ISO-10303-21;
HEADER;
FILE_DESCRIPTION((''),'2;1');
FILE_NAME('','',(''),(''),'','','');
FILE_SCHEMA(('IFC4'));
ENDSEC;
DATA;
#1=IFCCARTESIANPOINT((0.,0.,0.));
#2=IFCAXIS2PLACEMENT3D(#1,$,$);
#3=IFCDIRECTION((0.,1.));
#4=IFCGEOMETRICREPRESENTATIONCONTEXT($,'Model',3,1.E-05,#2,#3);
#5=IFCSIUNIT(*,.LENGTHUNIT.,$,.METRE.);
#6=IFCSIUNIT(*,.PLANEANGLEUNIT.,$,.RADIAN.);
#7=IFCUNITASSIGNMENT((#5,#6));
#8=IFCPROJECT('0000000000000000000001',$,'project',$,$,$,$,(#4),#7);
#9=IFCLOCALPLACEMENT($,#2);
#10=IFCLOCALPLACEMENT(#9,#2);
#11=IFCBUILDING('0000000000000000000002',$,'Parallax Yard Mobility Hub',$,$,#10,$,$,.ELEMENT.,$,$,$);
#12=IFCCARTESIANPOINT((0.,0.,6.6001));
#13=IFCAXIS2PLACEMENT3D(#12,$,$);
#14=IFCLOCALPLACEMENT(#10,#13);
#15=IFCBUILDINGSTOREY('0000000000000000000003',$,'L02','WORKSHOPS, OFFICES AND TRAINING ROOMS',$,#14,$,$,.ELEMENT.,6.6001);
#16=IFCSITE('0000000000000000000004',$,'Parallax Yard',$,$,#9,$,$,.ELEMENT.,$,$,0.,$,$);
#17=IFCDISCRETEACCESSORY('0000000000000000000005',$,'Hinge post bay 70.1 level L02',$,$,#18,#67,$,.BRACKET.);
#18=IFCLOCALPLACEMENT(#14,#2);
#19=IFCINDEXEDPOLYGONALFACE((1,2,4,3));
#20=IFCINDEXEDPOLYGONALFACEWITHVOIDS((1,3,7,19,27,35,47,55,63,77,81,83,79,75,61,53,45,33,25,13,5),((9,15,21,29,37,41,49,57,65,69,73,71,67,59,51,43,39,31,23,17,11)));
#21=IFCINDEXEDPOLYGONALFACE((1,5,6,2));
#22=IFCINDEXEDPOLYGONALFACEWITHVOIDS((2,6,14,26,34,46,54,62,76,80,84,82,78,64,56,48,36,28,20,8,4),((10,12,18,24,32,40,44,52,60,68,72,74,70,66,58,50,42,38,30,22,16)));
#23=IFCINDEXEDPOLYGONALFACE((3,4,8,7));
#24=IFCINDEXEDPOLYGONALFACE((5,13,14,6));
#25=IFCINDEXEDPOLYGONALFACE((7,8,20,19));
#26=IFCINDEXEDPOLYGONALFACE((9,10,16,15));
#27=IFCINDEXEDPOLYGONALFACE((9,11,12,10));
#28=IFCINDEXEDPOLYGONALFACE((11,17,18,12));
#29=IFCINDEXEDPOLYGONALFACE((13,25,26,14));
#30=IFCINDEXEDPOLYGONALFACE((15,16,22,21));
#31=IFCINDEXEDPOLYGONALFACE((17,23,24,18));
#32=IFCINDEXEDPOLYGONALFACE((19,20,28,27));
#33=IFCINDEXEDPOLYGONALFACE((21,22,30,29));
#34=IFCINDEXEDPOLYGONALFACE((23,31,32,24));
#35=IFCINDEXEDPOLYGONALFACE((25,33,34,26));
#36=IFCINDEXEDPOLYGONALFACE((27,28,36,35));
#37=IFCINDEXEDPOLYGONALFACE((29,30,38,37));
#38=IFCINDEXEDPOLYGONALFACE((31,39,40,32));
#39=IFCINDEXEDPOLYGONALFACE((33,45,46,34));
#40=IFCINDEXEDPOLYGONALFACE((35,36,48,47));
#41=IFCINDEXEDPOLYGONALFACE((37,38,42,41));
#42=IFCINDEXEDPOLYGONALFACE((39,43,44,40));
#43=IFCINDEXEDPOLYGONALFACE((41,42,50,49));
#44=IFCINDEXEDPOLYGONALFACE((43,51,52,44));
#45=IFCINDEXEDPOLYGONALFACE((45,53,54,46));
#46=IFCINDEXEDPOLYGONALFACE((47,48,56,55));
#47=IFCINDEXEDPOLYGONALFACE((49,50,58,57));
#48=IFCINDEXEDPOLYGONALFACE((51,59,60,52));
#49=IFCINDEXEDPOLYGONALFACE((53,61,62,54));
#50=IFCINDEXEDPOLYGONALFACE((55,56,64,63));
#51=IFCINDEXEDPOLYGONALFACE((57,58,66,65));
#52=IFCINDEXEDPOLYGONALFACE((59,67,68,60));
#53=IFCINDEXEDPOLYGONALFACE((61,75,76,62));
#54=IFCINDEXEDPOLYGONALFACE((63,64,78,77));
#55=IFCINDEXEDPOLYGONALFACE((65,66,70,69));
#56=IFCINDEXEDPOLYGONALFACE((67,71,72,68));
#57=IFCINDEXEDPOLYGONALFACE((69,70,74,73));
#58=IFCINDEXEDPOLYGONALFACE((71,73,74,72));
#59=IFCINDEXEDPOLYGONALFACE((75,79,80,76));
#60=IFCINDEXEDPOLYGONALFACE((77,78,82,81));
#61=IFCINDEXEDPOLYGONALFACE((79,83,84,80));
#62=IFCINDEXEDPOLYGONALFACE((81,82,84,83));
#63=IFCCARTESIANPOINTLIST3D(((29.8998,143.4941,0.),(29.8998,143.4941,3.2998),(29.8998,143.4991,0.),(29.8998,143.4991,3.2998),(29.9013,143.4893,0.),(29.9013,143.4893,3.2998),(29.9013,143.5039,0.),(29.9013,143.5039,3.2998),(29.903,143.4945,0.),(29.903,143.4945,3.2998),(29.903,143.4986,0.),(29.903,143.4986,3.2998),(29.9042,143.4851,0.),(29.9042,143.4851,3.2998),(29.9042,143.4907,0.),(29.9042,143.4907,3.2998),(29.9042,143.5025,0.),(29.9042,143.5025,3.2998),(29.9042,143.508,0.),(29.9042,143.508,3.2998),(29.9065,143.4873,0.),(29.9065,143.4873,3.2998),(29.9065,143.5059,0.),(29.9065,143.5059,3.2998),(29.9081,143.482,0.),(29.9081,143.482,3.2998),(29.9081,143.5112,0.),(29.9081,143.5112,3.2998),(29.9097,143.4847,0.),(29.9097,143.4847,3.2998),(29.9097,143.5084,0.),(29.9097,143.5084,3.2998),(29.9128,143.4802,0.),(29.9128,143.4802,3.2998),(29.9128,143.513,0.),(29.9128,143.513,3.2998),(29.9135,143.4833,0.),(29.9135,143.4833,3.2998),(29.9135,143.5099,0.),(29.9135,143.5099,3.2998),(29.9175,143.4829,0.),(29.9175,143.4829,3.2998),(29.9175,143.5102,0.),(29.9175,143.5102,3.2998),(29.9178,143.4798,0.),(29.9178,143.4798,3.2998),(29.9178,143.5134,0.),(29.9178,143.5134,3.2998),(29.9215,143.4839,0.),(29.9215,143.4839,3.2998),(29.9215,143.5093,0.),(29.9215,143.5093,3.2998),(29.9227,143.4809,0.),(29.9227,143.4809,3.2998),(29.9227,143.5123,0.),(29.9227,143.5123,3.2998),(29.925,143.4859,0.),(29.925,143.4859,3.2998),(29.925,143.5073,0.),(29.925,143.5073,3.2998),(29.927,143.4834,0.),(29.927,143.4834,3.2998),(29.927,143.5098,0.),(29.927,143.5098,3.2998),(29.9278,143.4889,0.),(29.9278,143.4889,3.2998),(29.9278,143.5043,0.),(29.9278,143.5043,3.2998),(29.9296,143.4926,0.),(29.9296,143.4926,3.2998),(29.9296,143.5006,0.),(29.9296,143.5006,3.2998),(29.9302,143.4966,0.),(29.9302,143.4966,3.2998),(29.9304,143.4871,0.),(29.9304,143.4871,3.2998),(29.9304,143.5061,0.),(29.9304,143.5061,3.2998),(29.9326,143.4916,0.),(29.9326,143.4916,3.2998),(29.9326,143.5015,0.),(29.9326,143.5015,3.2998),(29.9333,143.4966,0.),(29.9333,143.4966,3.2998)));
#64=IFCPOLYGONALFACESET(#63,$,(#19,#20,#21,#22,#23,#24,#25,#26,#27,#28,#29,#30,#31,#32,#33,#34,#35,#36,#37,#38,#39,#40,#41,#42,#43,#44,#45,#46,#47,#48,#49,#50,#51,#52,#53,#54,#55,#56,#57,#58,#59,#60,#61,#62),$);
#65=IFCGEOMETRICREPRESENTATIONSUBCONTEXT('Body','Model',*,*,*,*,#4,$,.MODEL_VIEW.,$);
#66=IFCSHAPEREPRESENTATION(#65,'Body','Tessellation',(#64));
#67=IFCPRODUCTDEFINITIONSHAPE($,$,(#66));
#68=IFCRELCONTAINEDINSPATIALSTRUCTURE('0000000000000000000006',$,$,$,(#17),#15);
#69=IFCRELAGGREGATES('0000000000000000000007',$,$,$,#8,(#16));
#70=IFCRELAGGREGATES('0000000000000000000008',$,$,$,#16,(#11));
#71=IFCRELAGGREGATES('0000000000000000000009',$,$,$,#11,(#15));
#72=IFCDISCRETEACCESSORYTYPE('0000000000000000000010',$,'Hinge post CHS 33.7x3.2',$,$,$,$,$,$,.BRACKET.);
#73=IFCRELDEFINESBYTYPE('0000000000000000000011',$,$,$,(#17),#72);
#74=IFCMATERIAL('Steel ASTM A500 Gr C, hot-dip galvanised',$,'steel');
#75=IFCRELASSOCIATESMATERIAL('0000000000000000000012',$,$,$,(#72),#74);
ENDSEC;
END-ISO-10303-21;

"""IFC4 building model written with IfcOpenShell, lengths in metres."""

from ifc_helpers import new_model, si_unit, direction, frame, origin, origin_2d, place, context, subcontext, project, spatial, hollow_circle, extrude, material, material_profile, profile_set, type_object, element, save


model = new_model("IFC4")

# Units and contexts
model_context = context("Model", 3, precision=1e-05, world=origin(), true_north=direction((0.0, 1.0)))
body_context = subcontext(model_context, "Body", "Model", "MODEL_VIEW")
ifc_project = project(units=[si_unit("LENGTHUNIT", "METRE"), si_unit("PLANEANGLEUNIT", "RADIAN")], contexts=[model_context])

# Site, building, storey
site_placement = place(None, origin())
site = spatial("IfcSite", under=ifc_project, at=site_placement, Name="Parallax Yard", CompositionType="ELEMENT", RefElevation=0.0)
building_placement = place(site_placement, origin())
building = spatial("IfcBuilding", under=site, at=building_placement, Name="Parallax Yard Mobility Hub", CompositionType="ELEMENT")
storey_placement = place(building_placement, frame((0.0, 0.0, 6.6001)))
storey = spatial("IfcBuildingStorey", under=building, at=storey_placement, Name="L02", Description="WORKSHOPS, OFFICES AND TRAINING ROOMS", CompositionType="ELEMENT", Elevation=6.6001)

# Discrete accessory
ifc_material_1 = material(Name="Steel ASTM A500 Gr C, hot-dip galvanised", Category="steel")
ifc_material_profile = material_profile(ifc_material_1, hollow_circle(Radius=0.0168, WallThickness=0.0032, at=origin_2d()), Name="CHS 33.7x3.2")
ifc_profile_set = profile_set([ifc_material_profile], Name="Steel ASTM A500 Gr C, hot-dip galvanised")
discrete_accessory_type = type_object("IfcDiscreteAccessoryType", Name="Hinge post CHS 33.7x3.2", PredefinedType="BRACKET", material=ifc_profile_set)
for number, where, z_axis, x_axis, name in (
    (1, (29.9165, 143.4966, 0.0), (0.0, 0.0, 1.0), (1.0, 0.0, 0.0), "Hinge post bay 70.1 level L02"),
):
    element("IfcDiscreteAccessory", number, at=place(storey_placement, frame(where, z_axis=z_axis, x_axis=x_axis)), inside=storey, type_object=discrete_accessory_type, Name=name, PredefinedType="BRACKET", context=body_context, shape_type="SweptSolid", body=[
        extrude(hollow_circle(Radius=0.0168, WallThickness=0.0032, at=origin_2d()), origin(), (0.0, 0.0, 1.0), 3.2998),
    ])

save(model, "model.ifc")
